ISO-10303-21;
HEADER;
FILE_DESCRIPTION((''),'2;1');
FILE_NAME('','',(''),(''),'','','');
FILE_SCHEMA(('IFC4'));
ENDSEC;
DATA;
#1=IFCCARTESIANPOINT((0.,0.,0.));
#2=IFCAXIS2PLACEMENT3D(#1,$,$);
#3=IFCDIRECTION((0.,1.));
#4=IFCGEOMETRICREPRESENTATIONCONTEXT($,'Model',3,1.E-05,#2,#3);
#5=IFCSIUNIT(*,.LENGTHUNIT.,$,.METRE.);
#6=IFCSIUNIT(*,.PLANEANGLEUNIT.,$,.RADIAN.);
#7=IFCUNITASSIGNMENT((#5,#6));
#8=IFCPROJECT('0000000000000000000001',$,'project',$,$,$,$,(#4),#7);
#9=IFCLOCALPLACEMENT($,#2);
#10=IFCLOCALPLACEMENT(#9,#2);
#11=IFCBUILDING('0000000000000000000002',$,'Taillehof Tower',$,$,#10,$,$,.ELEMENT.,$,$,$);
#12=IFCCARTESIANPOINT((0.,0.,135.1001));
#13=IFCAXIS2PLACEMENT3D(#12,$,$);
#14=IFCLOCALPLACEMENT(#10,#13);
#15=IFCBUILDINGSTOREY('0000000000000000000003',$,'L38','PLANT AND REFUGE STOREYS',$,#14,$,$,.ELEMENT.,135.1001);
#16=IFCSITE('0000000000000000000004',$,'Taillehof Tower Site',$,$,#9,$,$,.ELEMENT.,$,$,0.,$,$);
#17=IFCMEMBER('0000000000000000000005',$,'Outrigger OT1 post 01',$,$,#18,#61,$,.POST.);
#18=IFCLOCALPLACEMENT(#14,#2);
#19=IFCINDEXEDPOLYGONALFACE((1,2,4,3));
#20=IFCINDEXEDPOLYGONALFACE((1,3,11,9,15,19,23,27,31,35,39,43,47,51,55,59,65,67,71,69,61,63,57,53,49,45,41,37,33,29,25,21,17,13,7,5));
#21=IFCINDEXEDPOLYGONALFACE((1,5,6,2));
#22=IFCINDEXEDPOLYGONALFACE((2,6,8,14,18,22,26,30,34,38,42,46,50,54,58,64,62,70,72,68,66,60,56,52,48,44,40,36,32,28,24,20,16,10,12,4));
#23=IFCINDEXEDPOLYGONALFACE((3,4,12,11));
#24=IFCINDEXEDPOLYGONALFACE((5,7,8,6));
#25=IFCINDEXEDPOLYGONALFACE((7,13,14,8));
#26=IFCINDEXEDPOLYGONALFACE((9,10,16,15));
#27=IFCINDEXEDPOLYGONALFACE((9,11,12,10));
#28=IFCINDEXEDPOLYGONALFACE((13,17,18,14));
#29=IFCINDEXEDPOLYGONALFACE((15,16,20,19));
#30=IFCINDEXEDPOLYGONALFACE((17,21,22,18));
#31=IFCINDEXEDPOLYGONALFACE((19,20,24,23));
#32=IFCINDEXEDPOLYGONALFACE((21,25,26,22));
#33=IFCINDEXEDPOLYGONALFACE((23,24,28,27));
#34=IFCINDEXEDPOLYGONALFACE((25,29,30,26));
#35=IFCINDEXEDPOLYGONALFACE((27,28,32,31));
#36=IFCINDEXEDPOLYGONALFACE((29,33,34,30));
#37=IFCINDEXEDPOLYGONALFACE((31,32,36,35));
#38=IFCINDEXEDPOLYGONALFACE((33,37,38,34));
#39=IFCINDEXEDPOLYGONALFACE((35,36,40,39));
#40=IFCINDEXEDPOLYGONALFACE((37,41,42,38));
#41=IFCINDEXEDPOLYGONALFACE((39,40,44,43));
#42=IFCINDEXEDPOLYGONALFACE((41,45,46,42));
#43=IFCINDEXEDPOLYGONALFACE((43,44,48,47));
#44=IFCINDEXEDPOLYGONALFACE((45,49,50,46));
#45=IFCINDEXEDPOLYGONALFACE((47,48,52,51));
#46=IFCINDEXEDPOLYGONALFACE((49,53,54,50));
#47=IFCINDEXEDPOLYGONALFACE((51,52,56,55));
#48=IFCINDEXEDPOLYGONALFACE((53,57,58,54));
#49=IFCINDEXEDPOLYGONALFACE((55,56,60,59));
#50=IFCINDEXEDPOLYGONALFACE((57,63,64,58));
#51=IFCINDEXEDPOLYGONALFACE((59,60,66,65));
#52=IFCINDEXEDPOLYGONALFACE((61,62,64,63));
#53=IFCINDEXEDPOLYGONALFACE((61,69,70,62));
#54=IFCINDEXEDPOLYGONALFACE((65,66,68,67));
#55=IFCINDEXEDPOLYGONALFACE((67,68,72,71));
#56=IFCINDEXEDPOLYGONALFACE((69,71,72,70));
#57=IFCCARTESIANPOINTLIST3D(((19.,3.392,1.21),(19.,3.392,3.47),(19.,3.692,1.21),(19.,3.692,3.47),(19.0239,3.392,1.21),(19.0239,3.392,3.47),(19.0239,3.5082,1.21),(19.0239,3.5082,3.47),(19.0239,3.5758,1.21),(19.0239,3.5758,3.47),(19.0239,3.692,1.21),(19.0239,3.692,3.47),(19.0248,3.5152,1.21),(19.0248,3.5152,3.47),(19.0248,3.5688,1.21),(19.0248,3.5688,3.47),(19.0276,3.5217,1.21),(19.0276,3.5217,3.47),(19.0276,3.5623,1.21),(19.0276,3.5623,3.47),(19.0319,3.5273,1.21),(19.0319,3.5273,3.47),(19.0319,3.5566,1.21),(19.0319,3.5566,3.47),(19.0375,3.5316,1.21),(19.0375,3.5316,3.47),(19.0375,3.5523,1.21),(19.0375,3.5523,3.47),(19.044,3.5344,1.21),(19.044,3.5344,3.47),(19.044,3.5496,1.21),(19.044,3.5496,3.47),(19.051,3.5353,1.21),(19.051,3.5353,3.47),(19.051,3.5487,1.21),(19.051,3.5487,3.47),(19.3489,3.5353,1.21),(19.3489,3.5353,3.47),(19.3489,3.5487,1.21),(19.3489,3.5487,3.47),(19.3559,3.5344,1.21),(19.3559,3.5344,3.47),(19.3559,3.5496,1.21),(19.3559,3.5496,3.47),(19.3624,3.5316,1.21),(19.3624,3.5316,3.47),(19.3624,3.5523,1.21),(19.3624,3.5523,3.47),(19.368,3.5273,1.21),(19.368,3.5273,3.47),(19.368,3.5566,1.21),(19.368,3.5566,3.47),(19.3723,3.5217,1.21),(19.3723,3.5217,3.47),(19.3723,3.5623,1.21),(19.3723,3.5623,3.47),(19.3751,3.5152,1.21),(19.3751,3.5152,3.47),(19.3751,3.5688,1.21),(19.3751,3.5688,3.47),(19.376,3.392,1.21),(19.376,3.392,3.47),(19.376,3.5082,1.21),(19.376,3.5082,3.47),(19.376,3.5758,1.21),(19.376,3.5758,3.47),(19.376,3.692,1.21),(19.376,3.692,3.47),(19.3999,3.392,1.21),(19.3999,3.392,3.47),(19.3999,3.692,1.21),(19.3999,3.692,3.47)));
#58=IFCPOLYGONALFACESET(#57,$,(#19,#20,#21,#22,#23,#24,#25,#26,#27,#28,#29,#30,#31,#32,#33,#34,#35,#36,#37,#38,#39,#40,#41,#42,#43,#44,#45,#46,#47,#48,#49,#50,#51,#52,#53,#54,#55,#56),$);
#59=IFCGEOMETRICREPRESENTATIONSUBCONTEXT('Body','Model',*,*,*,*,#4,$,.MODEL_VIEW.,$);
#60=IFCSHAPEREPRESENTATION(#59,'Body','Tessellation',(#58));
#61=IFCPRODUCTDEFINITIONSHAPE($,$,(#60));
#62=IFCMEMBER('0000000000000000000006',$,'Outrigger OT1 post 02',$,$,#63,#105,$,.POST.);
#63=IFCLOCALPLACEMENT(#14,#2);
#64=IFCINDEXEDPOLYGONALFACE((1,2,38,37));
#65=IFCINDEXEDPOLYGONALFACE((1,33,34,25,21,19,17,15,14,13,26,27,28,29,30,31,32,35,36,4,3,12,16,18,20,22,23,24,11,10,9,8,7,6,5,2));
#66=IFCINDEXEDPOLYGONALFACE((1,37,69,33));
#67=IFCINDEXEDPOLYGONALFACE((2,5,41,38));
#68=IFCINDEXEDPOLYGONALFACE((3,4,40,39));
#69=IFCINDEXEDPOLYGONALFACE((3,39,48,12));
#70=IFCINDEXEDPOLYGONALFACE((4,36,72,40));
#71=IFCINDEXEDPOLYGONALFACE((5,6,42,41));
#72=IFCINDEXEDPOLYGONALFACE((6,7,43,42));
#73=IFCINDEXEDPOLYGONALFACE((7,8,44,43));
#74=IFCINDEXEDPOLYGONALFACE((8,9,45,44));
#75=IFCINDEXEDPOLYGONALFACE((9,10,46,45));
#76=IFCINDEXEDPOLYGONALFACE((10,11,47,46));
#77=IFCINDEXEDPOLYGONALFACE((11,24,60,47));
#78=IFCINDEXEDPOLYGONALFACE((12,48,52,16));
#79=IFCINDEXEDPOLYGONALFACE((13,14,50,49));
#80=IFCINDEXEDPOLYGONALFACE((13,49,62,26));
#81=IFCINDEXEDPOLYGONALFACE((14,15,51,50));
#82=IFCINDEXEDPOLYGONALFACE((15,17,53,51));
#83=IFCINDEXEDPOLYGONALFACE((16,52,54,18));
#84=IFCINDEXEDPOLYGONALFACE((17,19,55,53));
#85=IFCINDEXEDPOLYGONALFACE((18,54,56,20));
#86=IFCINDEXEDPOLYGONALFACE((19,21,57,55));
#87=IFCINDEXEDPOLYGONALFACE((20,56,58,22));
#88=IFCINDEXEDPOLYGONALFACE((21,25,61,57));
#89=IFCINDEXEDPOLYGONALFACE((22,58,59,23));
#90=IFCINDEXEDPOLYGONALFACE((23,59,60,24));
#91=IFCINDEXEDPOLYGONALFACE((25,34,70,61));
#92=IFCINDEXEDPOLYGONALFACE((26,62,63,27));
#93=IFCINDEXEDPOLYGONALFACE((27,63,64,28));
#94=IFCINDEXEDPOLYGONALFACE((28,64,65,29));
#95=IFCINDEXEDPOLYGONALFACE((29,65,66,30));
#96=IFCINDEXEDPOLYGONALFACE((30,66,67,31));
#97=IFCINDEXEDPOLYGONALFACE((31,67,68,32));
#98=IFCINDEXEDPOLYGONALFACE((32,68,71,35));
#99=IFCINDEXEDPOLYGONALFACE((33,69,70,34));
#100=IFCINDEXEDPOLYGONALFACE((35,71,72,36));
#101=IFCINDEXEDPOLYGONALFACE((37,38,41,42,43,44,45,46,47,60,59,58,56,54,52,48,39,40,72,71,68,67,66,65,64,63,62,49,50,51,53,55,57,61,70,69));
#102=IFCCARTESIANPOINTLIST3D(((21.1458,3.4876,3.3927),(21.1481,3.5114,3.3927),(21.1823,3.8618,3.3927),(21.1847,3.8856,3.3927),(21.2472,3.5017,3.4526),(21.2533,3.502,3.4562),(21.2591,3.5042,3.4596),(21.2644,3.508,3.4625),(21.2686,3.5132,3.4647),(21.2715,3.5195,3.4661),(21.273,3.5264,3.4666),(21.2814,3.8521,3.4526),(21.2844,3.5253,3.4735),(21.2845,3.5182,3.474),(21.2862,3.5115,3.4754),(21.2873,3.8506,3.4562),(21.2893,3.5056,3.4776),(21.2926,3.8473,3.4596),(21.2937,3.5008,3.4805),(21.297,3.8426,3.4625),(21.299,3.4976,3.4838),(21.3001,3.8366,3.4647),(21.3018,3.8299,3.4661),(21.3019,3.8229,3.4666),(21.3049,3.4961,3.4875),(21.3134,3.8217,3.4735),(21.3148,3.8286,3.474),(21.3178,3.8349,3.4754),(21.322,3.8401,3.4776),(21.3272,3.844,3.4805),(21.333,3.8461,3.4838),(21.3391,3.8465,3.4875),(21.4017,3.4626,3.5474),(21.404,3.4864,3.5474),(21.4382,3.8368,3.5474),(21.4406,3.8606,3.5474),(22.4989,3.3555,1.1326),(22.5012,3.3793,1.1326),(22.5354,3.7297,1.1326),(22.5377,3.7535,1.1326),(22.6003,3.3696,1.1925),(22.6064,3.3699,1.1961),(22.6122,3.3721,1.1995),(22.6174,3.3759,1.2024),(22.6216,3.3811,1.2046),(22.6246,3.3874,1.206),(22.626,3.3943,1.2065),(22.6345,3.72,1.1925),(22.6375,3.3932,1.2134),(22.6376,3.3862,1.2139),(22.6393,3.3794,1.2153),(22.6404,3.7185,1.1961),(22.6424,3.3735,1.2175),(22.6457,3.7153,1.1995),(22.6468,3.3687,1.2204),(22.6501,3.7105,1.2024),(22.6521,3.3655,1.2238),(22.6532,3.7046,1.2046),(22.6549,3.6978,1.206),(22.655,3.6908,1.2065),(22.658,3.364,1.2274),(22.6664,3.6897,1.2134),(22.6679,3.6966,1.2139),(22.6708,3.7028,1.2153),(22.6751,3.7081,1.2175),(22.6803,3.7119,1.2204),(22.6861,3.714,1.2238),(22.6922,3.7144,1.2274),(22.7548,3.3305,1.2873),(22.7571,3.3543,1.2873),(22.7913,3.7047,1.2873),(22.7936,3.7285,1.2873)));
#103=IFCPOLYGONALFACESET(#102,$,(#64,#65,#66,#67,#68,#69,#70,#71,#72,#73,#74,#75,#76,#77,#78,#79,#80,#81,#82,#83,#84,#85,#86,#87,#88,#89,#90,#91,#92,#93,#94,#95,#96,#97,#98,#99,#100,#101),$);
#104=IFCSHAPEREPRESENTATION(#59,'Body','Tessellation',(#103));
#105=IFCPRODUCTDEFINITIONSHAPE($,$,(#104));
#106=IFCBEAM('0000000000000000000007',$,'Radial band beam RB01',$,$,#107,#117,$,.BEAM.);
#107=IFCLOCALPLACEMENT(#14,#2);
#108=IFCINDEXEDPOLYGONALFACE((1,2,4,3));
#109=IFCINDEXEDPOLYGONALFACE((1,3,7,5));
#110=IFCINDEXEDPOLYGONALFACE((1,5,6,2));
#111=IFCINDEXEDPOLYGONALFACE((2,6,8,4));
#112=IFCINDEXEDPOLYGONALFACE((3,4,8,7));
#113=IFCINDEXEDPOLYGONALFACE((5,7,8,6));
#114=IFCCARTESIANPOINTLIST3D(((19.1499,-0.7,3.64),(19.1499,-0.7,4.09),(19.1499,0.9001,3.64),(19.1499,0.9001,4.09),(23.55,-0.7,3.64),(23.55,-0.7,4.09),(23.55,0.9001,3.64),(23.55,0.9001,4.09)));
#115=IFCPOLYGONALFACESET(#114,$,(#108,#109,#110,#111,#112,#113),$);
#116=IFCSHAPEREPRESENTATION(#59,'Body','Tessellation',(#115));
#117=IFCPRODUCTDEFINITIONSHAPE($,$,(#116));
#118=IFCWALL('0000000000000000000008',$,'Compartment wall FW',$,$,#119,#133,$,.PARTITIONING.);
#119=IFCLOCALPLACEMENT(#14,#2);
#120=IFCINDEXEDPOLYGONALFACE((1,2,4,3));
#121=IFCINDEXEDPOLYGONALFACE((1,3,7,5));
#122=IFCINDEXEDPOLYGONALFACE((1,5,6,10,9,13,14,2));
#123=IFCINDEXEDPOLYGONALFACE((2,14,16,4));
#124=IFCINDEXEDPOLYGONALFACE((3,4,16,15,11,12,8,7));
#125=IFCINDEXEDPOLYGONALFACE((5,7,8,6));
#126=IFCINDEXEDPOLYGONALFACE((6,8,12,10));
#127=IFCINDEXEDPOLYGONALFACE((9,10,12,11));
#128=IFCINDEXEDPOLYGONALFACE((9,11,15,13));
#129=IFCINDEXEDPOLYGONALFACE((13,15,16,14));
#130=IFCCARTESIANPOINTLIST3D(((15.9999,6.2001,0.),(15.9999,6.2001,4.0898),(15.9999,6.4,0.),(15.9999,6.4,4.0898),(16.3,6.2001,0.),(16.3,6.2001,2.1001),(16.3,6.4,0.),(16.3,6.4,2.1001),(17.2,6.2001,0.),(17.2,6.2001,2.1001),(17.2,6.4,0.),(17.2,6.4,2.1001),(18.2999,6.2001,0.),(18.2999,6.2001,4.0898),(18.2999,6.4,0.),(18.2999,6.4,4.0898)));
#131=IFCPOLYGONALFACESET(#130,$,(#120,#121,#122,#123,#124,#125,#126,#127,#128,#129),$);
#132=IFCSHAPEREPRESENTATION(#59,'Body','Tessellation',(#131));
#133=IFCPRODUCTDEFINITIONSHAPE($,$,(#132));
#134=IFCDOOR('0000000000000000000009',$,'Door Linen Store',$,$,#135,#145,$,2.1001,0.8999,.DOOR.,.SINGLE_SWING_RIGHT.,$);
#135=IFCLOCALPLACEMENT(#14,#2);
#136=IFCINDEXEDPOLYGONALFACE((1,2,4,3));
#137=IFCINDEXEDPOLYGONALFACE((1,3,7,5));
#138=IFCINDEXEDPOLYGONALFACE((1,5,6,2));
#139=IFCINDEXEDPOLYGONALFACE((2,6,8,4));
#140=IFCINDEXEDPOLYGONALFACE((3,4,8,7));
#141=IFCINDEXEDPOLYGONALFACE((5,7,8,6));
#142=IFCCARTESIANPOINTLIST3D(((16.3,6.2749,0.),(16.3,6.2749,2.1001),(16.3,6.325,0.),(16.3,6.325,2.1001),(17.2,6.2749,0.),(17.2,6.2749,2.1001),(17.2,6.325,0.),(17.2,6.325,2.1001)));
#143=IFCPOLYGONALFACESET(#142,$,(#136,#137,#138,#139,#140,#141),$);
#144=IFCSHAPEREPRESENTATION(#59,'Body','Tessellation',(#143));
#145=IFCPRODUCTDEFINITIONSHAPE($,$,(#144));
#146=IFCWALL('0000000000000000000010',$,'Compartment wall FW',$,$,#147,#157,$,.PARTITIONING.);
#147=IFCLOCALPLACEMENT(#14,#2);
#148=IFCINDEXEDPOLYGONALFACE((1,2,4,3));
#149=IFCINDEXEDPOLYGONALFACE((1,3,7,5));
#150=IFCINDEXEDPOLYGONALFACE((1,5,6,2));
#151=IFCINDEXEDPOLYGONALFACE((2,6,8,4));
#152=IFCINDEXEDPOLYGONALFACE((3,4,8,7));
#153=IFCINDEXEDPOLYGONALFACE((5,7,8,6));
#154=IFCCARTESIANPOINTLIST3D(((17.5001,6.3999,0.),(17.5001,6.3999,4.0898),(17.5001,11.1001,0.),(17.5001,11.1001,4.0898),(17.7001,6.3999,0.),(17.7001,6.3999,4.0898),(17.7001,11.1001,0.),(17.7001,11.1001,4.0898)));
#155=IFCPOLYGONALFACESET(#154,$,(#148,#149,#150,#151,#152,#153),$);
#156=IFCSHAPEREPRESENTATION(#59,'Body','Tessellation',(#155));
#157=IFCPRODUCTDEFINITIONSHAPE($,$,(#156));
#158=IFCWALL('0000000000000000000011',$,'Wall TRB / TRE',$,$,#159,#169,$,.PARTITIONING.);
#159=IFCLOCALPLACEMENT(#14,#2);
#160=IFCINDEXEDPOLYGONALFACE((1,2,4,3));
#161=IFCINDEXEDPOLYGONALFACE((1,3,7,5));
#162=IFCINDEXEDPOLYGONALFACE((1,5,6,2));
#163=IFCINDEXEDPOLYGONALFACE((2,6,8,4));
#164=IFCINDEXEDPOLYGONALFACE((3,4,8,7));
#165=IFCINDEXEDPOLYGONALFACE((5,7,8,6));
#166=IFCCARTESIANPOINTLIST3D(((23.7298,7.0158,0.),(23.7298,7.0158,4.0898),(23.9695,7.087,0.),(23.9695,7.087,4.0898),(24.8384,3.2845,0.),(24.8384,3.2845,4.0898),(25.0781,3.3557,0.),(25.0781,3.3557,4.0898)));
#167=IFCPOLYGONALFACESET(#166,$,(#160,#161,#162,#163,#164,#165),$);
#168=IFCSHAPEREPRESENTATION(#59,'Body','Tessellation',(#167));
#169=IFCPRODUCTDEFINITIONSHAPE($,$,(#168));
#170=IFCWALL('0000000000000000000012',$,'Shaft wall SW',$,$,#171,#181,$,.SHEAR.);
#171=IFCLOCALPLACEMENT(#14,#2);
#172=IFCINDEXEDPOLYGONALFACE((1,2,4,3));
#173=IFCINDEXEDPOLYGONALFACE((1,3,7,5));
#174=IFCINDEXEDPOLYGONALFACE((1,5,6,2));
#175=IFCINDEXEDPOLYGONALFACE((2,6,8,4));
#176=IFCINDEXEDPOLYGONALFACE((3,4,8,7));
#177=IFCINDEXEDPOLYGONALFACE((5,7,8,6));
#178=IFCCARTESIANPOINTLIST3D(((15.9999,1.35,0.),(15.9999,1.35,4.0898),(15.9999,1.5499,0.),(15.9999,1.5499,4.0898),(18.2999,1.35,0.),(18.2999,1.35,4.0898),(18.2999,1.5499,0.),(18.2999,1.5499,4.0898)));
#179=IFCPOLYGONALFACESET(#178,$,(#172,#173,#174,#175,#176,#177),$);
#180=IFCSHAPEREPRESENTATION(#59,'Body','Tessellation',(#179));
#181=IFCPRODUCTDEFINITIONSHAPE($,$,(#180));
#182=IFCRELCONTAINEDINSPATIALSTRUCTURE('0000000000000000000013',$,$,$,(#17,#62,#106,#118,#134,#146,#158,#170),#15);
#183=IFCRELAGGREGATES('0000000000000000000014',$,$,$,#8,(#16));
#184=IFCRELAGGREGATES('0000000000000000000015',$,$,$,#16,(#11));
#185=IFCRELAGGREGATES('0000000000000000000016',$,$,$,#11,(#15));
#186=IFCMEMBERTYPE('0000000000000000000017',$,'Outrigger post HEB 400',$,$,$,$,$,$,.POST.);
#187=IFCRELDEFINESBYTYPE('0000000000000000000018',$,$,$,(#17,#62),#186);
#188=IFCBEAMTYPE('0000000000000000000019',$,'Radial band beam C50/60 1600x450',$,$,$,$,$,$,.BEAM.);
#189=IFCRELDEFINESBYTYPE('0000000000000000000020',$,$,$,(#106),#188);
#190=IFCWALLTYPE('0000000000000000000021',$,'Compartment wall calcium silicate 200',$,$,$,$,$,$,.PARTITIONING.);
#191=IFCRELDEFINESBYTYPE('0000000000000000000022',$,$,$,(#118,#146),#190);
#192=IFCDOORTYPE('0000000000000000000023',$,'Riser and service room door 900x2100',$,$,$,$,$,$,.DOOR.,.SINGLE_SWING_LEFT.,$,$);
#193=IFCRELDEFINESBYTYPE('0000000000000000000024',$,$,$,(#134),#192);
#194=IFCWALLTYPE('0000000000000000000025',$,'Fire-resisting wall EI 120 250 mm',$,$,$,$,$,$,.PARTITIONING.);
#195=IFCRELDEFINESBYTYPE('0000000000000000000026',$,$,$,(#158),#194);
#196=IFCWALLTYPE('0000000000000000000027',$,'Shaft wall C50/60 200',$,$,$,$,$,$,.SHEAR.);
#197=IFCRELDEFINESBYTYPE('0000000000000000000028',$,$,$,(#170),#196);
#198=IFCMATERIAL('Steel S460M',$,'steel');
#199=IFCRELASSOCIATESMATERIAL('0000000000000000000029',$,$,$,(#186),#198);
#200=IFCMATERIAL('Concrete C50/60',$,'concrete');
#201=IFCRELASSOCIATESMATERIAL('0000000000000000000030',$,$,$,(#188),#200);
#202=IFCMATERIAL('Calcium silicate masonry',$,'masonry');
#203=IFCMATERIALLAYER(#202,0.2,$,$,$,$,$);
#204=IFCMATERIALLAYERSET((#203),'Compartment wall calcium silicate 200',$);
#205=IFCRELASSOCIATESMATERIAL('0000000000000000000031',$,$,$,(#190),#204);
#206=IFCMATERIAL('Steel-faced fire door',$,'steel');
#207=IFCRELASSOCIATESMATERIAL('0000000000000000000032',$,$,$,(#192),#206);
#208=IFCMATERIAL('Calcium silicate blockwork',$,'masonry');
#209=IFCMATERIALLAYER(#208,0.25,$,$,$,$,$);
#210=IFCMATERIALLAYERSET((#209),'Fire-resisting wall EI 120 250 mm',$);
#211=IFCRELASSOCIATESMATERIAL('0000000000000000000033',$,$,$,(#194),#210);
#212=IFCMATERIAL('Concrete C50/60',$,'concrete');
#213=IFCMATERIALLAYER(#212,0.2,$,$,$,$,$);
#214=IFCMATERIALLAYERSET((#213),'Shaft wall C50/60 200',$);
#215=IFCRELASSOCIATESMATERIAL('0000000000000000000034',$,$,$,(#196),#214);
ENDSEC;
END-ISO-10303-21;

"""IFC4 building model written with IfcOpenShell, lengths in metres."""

from ifc_helpers import new_model, si_unit, direction, frame, frame_2d, origin, origin_2d, place, context, subcontext, project, spatial, rectangle, i_section, extrude, material, layer, layer_set, material_profile, profile_set, type_object, element, fill, save


model = new_model("IFC4")

# Units and contexts
model_context = context("Model", 3, precision=1e-05, world=origin(), true_north=direction((0.0, 1.0)))
body_context = subcontext(model_context, "Body", "Model", "MODEL_VIEW")
ifc_project = project(units=[si_unit("LENGTHUNIT", "METRE"), si_unit("PLANEANGLEUNIT", "RADIAN")], contexts=[model_context])

# Site, building, storey
site_placement = place(None, origin())
site = spatial("IfcSite", under=ifc_project, at=site_placement, Name="Taillehof Tower Site", CompositionType="ELEMENT", RefElevation=0.0)
building_placement = place(site_placement, origin())
building = spatial("IfcBuilding", under=site, at=building_placement, Name="Taillehof Tower", CompositionType="ELEMENT")
storey_placement = place(building_placement, frame((0.0, 0.0, 135.1001)))
storey = spatial("IfcBuildingStorey", under=building, at=storey_placement, Name="L38", Description="PLANT AND REFUGE STOREYS", CompositionType="ELEMENT", Elevation=135.1001)

# Members
ifc_material_1 = material(Name="Steel S460M", Category="steel")
ifc_material_profile_1 = material_profile(ifc_material_1, i_section(OverallWidth=0.3, OverallDepth=0.3999, WebThickness=0.0134, FlangeThickness=0.0239, FilletRadius=0.0271, at=origin_2d()), Name="HEB 400")
ifc_profile_set_1 = profile_set([ifc_material_profile_1], Name="Steel S460M")
member_type_1 = type_object("IfcMemberType", Name="Outrigger post HEB 400", PredefinedType="POST", material=ifc_profile_set_1)
member_1_placement = place(storey_placement, frame((19.2, 3.542, 1.21), z_axis=(0.0, 0.0, 1.0), x_axis=(0.0, -1.0, 0.0)))
element("IfcMember", 1, at=member_1_placement, inside=storey, type_object=member_type_1, Name="Outrigger OT1 post 01", PredefinedType="POST", context=body_context, shape_type="SweptSolid", body=[
    extrude(i_section(OverallWidth=0.3, OverallDepth=0.3999, WebThickness=0.0134, FlangeThickness=0.0239, FilletRadius=0.0271, at=origin_2d()), origin(), (0.0, 0.0, 1.0), 2.26),
])
member_2_placement = place(storey_placement, frame((22.6462, 3.542, 1.21), z_axis=(-0.51302, 0.05008, 0.856915), x_axis=(-0.852861, 0.083255, -0.515458)))
element("IfcMember", 2, at=member_2_placement, inside=storey, type_object=member_type_1, Name="Outrigger OT1 post 02", PredefinedType="POST", context=body_context, shape_type="SweptSolid", body=[
    extrude(i_section(OverallWidth=0.3, OverallDepth=0.3999, WebThickness=0.0134, FlangeThickness=0.0239, FilletRadius=0.0271, at=origin_2d()), origin(), (0.0, 0.0, 1.0), 2.6375),
])

# Beam
ifc_material_2 = material(Name="Concrete C50/60", Category="concrete")
ifc_material_profile_2 = material_profile(ifc_material_2, rectangle(XDim=1.6001, YDim=0.45, at=origin_2d()), Name="RC 1600x450")
ifc_profile_set_2 = profile_set([ifc_material_profile_2], Name="Concrete C50/60")
beam_type = type_object("IfcBeamType", Name="Radial band beam C50/60 1600x450", PredefinedType="BEAM", material=ifc_profile_set_2)
beam_placement = place(storey_placement, frame((23.55, 0.1001, 3.865), z_axis=(-1.0, 0.0, 0.0), x_axis=(0.0, -1.0, 0.0)))
element("IfcBeam", 3, at=beam_placement, inside=storey, type_object=beam_type, Name="Radial band beam RB01", PredefinedType="BEAM", context=body_context, shape_type="SweptSolid", body=[
    extrude(rectangle(XDim=1.6001, YDim=0.45, at=origin_2d()), origin(), (0.0, 0.0, 1.0), 4.4001),
])

# Wall, opening, door
ifc_material_3 = material(Name="Calcium silicate masonry", Category="masonry")
ifc_layer_1 = layer(ifc_material_3, 0.2)
ifc_layer_set_1 = layer_set([ifc_layer_1], Name="Compartment wall calcium silicate 200")
wall_type_1 = type_object("IfcWallType", Name="Compartment wall calcium silicate 200", PredefinedType="PARTITIONING", material=ifc_layer_set_1)
wall_1_placement = place(storey_placement, frame((16.0, 6.3, 0.0), z_axis=(0.0, 0.0, 1.0), x_axis=(1.0, 0.0, 0.0)))
wall_1 = element("IfcWall", 4, at=wall_1_placement, inside=storey, type_object=wall_type_1, Name="Compartment wall FW", PredefinedType="PARTITIONING", context=body_context, shape_type="SweptSolid", body=[
    extrude(rectangle(XDim=2.3, YDim=0.2, at=frame_2d((1.1499, 0.0))), origin(), (0.0, 0.0, 1.0), 4.0898),
])
opening_placement = place(wall_1_placement, frame((0.3, 0.0, 0.0)))
opening = element("IfcOpeningElement", 5, at=opening_placement, cuts=wall_1, PredefinedType="OPENING", context=body_context, shape_type="SweptSolid", body=[
    extrude(rectangle(XDim=0.8999, YDim=2.1001, at=frame_2d((0.45, 1.05))), frame((0.0, 0.1099, 0.0), z_axis=(0.0, -1.0, 0.0), x_axis=(1.0, 0.0, 0.0)), (0.0, 0.0, 1.0), 0.22),
])
ifc_material_4 = material(Name="Steel-faced fire door", Category="steel")
door_type = type_object("IfcDoorType", Name="Riser and service room door 900x2100", OperationType="SINGLE_SWING_LEFT", PredefinedType="DOOR", material=ifc_material_4)
door_placement = place(opening_placement, origin())
door = element("IfcDoor", 6, at=door_placement, inside=storey, type_object=door_type, Name="Door Linen Store", OperationType="SINGLE_SWING_RIGHT", OverallHeight=2.1001, OverallWidth=0.8999, PredefinedType="DOOR", context=body_context, shape_type="SweptSolid", body=[
    extrude(rectangle(XDim=0.8999, YDim=2.1001, at=frame_2d((0.45, 1.05))), frame((0.0, 0.0249, 0.0), z_axis=(0.0, -1.0, 0.0), x_axis=(1.0, 0.0, 0.0)), (0.0, 0.0, 1.0), 0.05),
])
fill(opening, door)

# Walls
wall_2_placement = place(storey_placement, frame((17.6001, 6.3999, 0.0), z_axis=(0.0, 0.0, 1.0), x_axis=(0.0, 1.0, 0.0)))
element("IfcWall", 7, at=wall_2_placement, inside=storey, type_object=wall_type_1, Name="Compartment wall FW", PredefinedType="PARTITIONING", context=body_context, shape_type="SweptSolid", body=[
    extrude(rectangle(XDim=4.7002, YDim=0.2, at=frame_2d((2.3501, 0.0))), origin(), (0.0, 0.0, 1.0), 4.0898),
])
ifc_material_5 = material(Name="Calcium silicate blockwork", Category="masonry")
ifc_layer_2 = layer(ifc_material_5, 0.25)
ifc_layer_set_2 = layer_set([ifc_layer_2], Name="Fire-resisting wall EI 120 250 mm")
wall_type_2 = type_object("IfcWallType", Name="Fire-resisting wall EI 120 250 mm", PredefinedType="PARTITIONING", material=ifc_layer_set_2)
wall_3_placement = place(storey_placement, frame((24.9583, 3.3201, 0.0), z_axis=(0.0, 0.0, 1.0), x_axis=(-0.284804, 0.958586, 0.0)))
element("IfcWall", 8, at=wall_3_placement, inside=storey, type_object=wall_type_2, Name="Wall TRB / TRE", PredefinedType="PARTITIONING", context=body_context, shape_type="SweptSolid", body=[
    extrude(rectangle(XDim=3.8926, YDim=0.25, at=frame_2d((1.9463, 0.0))), origin(), (0.0, 0.0, 1.0), 4.0898),
])
ifc_material_6 = material(Name="Concrete C50/60", Category="concrete")
ifc_layer_3 = layer(ifc_material_6, 0.2)
ifc_layer_set_3 = layer_set([ifc_layer_3], Name="Shaft wall C50/60 200")
wall_type_3 = type_object("IfcWallType", Name="Shaft wall C50/60 200", PredefinedType="SHEAR", material=ifc_layer_set_3)
for number, where, z_axis, x_axis, name in (
    (9, (16.0, 1.45, 0.0), (0.0, 0.0, 1.0), (1.0, 0.0, 0.0), "Shaft wall SW"),
):
    element("IfcWall", number, at=place(storey_placement, frame(where, z_axis=z_axis, x_axis=x_axis)), inside=storey, type_object=wall_type_3, Name=name, PredefinedType="SHEAR", context=body_context, shape_type="SweptSolid", body=[
        extrude(rectangle(XDim=2.3, YDim=0.2, at=frame_2d((1.1499, 0.0))), origin(), (0.0, 0.0, 1.0), 4.0898),
    ])

save(model, "model.ifc")
